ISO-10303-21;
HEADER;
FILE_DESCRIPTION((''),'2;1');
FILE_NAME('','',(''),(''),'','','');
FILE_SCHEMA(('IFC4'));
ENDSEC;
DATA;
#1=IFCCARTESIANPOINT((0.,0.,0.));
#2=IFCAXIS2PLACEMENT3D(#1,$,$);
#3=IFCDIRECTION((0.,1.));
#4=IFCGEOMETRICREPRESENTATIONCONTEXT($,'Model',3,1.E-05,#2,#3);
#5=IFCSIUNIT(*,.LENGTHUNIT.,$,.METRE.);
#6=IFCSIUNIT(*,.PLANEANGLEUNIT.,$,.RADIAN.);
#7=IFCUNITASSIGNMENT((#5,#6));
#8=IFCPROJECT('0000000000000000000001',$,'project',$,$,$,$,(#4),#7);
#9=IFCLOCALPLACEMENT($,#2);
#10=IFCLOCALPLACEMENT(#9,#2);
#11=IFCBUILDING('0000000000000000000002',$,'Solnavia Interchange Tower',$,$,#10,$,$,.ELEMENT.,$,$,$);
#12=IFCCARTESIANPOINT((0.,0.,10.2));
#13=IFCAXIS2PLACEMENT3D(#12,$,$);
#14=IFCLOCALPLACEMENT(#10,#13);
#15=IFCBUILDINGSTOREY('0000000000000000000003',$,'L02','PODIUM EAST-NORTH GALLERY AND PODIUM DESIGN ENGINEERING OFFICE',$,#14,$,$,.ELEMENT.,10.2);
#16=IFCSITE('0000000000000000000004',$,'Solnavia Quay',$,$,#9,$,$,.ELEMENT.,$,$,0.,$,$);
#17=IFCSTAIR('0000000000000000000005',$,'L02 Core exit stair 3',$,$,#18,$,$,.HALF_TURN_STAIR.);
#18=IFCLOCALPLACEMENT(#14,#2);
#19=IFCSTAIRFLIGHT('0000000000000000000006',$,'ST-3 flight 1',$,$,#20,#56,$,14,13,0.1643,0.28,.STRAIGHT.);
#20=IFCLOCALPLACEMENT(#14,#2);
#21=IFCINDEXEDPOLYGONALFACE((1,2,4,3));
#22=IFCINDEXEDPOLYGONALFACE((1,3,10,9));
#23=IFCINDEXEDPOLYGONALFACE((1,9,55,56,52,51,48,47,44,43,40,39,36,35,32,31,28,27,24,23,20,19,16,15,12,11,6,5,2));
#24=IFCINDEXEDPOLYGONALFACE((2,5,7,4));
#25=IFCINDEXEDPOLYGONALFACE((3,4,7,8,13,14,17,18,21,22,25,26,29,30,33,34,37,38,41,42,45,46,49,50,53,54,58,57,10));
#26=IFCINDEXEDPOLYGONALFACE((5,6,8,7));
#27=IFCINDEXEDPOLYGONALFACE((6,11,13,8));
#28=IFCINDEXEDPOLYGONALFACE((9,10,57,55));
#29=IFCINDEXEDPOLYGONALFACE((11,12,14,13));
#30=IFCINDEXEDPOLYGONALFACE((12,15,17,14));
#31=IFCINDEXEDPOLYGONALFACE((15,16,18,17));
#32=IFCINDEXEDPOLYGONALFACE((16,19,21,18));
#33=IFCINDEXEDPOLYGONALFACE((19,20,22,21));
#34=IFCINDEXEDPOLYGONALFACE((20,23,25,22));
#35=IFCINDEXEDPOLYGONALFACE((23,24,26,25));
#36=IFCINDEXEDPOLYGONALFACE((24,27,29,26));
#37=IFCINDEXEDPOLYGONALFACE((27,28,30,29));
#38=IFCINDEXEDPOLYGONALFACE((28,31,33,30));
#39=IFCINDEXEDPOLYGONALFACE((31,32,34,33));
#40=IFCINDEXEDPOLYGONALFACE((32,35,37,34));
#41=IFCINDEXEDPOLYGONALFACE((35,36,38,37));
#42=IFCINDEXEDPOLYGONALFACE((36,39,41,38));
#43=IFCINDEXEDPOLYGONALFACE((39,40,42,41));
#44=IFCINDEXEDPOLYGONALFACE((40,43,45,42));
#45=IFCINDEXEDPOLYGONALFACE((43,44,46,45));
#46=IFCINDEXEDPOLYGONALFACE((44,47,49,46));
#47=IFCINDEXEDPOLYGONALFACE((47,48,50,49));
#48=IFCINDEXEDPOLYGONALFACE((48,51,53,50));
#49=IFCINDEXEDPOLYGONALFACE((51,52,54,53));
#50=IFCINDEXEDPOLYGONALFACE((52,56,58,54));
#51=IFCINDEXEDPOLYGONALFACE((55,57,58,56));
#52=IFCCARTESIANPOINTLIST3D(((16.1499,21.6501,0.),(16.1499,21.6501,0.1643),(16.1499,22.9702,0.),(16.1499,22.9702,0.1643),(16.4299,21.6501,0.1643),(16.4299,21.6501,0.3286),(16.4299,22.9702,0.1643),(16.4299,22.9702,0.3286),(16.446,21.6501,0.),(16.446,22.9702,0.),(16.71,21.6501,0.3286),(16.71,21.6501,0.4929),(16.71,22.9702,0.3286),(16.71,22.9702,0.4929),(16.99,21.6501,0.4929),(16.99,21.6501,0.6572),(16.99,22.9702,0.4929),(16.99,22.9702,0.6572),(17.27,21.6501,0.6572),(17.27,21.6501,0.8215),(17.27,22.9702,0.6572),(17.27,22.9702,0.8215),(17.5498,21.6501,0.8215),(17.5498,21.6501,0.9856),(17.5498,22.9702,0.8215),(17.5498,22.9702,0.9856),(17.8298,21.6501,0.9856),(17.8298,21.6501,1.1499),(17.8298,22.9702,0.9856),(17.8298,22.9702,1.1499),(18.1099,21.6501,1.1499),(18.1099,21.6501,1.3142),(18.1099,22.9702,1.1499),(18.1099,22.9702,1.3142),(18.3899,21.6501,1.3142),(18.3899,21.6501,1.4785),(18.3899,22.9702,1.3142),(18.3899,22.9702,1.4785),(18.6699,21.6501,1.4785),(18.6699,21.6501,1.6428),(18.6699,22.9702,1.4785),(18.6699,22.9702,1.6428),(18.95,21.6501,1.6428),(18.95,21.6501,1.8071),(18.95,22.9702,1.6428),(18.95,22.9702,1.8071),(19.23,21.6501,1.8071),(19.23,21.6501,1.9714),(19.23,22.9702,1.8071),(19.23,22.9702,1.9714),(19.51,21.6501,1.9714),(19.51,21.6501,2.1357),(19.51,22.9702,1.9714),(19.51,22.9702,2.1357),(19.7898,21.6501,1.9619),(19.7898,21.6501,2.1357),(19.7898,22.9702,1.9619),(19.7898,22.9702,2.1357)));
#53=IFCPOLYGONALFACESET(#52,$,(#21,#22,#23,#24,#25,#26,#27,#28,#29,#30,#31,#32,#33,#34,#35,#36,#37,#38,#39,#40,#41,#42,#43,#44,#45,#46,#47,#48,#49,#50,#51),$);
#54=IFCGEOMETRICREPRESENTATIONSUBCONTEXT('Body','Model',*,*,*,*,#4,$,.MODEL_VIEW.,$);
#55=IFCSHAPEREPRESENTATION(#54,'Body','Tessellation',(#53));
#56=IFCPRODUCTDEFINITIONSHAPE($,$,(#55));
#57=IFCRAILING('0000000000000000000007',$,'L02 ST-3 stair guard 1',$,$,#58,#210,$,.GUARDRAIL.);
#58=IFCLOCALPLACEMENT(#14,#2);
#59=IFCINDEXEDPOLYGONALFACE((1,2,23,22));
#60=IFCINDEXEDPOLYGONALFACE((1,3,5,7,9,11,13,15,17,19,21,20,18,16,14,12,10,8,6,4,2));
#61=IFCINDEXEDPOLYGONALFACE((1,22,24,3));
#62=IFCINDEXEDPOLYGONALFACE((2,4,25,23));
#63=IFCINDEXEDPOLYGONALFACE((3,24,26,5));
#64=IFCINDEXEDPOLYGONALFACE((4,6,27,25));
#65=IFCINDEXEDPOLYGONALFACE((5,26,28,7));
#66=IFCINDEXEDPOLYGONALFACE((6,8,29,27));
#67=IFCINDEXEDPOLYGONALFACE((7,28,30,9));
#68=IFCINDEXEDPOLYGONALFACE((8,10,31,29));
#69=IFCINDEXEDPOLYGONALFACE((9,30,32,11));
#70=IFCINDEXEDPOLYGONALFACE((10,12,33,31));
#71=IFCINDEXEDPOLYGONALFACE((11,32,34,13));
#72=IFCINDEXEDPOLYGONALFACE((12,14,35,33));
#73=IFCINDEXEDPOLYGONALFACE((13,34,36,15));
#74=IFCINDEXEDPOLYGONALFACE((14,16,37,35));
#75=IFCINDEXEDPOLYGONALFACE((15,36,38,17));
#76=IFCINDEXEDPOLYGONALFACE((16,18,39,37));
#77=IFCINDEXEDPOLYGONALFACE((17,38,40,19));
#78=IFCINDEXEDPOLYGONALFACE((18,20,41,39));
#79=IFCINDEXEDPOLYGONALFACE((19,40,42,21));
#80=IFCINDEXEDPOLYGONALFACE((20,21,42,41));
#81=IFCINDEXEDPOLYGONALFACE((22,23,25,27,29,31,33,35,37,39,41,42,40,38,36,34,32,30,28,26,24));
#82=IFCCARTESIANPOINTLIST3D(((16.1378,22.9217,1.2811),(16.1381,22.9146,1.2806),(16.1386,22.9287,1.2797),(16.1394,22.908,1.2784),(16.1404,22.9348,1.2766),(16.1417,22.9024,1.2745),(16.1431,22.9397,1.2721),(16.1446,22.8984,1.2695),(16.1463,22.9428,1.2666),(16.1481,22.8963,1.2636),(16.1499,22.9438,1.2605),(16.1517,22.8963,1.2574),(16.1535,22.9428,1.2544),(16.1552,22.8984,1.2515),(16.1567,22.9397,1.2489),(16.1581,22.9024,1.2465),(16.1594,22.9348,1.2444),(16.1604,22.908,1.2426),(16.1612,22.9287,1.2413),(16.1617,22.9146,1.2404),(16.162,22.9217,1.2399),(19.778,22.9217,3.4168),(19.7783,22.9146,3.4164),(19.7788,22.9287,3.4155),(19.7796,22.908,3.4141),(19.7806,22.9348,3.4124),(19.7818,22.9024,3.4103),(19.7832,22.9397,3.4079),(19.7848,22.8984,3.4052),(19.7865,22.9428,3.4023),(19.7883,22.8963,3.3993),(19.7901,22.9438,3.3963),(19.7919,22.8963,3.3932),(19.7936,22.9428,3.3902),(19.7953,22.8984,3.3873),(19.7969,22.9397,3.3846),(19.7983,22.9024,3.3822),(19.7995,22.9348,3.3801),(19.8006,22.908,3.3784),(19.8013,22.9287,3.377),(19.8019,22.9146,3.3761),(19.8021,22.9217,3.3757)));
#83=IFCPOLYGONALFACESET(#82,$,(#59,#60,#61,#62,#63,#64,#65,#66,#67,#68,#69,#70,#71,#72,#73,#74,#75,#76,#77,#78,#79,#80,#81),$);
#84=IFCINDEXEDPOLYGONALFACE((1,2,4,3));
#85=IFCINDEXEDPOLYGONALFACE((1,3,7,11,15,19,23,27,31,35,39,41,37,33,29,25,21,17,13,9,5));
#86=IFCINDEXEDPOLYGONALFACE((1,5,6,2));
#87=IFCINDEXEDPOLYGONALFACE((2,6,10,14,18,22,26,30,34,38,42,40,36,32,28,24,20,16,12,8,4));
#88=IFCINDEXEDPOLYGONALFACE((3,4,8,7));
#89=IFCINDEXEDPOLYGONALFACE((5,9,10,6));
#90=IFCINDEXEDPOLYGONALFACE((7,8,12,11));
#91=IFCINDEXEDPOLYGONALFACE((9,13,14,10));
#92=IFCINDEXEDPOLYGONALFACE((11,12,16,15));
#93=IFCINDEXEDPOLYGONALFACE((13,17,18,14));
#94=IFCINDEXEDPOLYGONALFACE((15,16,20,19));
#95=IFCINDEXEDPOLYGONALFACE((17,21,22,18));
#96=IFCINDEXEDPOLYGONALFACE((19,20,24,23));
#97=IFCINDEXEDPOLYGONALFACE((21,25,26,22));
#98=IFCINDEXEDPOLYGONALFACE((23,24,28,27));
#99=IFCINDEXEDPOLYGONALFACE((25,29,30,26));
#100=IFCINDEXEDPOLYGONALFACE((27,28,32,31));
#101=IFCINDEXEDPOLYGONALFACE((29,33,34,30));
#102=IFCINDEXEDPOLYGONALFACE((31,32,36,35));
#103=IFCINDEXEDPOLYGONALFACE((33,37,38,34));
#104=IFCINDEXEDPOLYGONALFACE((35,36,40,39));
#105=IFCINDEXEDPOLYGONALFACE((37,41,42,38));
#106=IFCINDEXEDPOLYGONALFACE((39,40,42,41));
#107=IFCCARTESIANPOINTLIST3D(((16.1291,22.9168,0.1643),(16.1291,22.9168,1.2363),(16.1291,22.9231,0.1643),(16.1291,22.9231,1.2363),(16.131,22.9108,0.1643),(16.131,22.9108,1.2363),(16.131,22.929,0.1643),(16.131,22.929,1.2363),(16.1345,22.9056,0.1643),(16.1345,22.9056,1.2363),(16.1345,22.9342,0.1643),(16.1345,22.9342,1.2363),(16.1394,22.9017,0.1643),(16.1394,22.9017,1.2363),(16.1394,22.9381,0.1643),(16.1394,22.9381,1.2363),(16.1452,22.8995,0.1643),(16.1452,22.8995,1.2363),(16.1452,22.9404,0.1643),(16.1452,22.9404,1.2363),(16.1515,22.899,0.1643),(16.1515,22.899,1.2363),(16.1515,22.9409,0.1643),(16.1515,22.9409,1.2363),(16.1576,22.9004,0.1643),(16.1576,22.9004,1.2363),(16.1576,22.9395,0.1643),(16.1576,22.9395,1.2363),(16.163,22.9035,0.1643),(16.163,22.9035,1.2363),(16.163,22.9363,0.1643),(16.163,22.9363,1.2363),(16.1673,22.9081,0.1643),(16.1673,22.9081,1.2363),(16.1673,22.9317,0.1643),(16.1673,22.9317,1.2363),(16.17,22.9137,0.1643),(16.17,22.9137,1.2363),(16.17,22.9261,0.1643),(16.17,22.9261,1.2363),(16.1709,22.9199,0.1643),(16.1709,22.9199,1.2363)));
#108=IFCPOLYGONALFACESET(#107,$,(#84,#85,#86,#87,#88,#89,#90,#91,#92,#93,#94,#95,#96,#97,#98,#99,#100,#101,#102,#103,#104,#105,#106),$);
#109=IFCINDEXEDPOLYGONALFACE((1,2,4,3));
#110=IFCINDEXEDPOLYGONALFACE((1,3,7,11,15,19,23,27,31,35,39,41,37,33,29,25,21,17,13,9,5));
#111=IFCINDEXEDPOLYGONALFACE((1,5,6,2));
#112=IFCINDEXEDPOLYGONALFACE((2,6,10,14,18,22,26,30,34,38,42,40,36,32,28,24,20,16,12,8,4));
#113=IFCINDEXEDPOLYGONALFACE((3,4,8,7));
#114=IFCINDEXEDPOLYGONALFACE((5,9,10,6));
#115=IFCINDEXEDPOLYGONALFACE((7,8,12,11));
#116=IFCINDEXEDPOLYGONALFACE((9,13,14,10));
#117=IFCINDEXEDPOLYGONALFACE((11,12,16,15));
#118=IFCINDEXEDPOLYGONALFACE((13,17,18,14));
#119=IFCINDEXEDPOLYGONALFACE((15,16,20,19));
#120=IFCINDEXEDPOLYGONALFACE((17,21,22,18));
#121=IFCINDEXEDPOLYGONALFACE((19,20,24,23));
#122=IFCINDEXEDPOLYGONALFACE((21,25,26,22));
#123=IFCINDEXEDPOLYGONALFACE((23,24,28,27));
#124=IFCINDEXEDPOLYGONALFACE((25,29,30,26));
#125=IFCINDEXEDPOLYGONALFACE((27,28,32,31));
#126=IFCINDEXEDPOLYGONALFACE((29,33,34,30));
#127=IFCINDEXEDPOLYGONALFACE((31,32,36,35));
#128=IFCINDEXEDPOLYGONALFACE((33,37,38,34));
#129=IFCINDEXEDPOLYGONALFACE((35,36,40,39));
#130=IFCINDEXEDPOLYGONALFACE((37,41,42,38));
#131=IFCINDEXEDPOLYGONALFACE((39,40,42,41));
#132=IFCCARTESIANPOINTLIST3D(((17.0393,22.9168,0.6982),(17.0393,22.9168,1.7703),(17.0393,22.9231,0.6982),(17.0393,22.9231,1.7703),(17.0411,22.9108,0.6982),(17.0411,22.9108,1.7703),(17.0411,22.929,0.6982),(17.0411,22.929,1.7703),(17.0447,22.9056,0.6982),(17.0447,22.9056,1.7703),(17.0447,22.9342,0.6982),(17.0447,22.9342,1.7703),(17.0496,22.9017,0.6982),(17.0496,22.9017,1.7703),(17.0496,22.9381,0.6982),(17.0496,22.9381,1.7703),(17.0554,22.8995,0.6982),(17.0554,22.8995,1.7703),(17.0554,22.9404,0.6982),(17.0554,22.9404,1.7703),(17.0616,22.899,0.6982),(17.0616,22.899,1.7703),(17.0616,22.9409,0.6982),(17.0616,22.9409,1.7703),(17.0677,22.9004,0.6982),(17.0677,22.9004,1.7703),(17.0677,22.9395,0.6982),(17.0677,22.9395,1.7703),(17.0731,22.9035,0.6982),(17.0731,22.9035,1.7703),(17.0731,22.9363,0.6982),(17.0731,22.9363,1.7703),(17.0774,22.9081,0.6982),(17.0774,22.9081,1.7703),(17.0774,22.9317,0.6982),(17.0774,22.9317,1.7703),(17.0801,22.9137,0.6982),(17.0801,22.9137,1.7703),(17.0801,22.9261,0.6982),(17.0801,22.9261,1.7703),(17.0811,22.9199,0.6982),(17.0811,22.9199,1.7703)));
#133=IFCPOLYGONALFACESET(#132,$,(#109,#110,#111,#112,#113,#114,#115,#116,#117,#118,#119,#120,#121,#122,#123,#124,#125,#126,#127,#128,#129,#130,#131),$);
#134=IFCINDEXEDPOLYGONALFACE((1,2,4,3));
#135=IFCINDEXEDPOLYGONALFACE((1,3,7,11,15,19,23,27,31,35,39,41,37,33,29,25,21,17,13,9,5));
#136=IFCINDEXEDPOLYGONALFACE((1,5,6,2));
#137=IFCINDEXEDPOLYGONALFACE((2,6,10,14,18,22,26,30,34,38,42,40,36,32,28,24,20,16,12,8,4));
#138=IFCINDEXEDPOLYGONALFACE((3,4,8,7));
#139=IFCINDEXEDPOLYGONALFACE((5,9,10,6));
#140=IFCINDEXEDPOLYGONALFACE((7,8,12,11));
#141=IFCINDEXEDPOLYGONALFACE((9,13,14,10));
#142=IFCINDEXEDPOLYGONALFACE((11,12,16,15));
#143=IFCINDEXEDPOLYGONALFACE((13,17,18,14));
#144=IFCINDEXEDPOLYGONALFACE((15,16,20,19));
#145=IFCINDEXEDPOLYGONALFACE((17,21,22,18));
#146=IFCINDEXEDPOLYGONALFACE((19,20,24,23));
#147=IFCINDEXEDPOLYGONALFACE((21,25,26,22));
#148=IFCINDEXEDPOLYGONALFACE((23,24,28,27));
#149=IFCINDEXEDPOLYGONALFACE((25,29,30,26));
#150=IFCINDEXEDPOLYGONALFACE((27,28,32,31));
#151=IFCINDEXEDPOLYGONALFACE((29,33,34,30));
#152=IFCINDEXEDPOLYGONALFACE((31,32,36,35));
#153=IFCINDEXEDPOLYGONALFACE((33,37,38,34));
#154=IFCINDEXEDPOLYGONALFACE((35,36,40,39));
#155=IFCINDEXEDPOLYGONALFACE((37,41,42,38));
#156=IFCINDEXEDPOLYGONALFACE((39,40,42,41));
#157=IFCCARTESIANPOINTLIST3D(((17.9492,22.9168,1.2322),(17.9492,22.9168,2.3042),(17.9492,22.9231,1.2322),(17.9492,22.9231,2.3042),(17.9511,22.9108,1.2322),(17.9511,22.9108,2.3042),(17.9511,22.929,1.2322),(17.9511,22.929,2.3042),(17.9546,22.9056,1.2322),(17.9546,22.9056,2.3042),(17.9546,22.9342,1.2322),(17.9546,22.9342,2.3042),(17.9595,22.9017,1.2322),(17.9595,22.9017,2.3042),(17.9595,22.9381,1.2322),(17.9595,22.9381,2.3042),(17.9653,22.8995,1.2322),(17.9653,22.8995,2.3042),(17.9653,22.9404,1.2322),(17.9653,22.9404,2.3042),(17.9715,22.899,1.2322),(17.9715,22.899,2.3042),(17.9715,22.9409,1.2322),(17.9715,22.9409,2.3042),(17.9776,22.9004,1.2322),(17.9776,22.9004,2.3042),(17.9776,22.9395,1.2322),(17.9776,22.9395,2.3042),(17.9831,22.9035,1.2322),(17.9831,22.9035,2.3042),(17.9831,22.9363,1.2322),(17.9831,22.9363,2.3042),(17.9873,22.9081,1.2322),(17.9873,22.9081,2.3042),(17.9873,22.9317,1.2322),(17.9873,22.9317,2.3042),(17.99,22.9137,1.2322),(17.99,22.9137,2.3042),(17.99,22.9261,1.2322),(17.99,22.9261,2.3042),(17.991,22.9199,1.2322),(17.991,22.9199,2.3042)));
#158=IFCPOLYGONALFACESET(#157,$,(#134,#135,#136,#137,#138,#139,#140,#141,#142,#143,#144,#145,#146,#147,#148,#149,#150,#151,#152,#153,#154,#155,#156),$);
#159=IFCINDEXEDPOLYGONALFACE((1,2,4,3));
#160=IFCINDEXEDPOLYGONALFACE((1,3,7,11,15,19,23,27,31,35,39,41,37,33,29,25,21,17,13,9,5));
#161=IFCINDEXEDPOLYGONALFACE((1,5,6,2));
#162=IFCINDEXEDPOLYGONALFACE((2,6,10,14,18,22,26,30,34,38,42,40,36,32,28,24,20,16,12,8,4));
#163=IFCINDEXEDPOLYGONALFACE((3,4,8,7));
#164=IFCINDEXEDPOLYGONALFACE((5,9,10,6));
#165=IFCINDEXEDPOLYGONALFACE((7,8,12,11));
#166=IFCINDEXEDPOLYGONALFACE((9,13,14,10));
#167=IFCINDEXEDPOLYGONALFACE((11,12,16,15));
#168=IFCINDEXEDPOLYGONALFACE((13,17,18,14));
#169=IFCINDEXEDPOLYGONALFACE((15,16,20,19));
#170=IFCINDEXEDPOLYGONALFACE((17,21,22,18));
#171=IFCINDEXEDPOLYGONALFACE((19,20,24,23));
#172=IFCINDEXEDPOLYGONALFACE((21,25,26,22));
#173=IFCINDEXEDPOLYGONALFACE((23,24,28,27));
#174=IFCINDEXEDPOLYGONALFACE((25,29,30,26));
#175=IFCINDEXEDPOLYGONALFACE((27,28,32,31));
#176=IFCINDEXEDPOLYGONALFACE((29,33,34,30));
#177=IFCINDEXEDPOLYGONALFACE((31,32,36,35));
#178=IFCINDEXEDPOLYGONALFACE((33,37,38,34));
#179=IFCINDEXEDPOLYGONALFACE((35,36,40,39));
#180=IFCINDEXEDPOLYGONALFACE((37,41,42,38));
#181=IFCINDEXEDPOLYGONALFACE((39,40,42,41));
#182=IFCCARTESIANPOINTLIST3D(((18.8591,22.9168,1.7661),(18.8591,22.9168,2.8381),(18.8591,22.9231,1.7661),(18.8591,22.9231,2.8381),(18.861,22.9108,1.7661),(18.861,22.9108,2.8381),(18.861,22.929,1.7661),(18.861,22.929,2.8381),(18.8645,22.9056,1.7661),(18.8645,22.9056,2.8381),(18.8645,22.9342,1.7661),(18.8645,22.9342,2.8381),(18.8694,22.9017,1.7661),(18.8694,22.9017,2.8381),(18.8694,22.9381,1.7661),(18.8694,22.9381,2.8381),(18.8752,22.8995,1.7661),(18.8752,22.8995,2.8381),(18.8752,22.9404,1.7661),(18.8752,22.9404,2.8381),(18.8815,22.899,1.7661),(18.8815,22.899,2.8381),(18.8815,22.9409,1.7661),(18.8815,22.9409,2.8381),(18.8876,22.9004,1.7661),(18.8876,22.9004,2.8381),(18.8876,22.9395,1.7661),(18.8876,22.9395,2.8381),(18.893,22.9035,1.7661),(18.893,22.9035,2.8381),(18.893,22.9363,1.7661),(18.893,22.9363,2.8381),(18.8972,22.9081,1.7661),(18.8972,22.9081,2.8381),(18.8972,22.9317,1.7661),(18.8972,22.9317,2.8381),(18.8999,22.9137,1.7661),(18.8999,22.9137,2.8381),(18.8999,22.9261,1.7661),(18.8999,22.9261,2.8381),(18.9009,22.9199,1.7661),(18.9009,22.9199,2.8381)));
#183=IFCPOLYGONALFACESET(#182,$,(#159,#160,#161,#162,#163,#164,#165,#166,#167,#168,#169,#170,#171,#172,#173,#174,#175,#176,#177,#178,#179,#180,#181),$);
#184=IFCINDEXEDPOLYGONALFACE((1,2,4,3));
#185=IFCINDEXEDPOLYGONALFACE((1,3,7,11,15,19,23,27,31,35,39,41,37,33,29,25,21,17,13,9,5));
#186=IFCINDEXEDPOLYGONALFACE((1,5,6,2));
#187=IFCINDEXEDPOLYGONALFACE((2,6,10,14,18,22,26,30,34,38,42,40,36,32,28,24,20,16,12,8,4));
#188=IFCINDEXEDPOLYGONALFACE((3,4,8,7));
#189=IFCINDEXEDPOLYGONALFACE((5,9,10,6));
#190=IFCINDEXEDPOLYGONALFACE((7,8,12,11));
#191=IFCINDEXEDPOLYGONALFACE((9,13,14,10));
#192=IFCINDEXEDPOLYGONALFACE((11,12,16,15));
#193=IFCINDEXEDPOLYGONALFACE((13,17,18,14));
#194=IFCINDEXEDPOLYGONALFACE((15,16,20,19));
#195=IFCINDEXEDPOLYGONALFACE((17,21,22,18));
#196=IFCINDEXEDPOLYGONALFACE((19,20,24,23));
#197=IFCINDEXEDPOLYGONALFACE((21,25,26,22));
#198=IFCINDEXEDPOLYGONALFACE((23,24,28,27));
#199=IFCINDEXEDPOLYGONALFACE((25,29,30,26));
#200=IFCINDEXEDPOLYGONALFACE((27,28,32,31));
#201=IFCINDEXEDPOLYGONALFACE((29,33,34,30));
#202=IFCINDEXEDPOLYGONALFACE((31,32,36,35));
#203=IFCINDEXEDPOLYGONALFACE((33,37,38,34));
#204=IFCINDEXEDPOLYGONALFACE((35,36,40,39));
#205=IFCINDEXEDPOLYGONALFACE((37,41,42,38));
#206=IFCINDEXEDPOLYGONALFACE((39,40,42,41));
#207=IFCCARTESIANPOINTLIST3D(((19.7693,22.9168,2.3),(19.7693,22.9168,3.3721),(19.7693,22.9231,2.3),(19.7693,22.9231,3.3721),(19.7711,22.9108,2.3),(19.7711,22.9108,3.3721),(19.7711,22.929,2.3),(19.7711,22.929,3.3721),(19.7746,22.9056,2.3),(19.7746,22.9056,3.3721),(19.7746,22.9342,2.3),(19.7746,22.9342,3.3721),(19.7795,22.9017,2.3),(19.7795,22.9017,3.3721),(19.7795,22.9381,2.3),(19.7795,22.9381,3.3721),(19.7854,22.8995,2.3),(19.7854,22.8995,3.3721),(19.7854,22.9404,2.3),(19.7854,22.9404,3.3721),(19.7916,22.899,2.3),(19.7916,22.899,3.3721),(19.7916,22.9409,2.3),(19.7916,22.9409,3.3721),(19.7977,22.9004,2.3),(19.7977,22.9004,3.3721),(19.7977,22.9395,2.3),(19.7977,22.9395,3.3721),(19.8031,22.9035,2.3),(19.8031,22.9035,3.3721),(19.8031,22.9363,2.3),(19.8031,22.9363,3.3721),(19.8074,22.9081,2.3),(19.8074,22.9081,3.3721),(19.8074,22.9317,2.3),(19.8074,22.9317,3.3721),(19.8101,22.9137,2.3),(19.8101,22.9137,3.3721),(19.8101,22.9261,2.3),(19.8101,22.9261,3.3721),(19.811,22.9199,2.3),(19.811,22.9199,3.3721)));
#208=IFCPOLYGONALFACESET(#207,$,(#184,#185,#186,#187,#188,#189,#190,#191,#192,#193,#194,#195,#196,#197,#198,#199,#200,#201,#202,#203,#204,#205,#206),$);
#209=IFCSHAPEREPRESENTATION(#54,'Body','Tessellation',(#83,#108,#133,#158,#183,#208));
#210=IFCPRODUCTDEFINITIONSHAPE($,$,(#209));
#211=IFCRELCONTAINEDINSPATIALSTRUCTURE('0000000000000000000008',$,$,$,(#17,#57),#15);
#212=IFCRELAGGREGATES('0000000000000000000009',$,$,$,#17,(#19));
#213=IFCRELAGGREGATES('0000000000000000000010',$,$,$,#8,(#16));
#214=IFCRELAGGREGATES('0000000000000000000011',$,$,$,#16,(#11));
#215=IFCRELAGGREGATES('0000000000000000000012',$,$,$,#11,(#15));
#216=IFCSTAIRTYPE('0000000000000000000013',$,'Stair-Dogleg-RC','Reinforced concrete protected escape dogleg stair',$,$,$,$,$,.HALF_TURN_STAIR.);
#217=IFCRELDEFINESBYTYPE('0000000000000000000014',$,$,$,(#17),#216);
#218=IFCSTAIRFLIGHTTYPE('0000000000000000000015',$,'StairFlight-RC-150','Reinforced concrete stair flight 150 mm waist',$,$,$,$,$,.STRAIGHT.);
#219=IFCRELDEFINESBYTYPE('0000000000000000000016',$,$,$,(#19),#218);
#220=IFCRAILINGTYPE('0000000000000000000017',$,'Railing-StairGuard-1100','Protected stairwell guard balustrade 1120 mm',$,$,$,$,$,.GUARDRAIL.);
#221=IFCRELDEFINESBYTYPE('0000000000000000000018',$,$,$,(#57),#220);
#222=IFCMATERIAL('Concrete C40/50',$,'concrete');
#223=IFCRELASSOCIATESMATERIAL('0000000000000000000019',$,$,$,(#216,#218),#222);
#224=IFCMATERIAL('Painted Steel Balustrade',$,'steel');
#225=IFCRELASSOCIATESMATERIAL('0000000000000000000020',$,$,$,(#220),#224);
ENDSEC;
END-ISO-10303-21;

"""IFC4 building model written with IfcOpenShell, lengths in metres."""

from ifc_helpers import new_model, si_unit, direction, frame, origin, origin_2d, place, context, subcontext, project, spatial, polyline, circle, outline, extrude, material, type_object, element, aggregate, save


model = new_model("IFC4")

# Units and contexts
model_context = context("Model", 3, precision=1e-05, world=origin(), true_north=direction((0.0, 1.0)))
body_context = subcontext(model_context, "Body", "Model", "MODEL_VIEW")
ifc_project = project(units=[si_unit("LENGTHUNIT", "METRE"), si_unit("PLANEANGLEUNIT", "RADIAN")], contexts=[model_context])

# Site, building, storey
site_placement = place(None, origin())
site = spatial("IfcSite", under=ifc_project, at=site_placement, Name="Solnavia Quay", CompositionType="ELEMENT", RefElevation=0.0)
building_placement = place(site_placement, origin())
building = spatial("IfcBuilding", under=site, at=building_placement, Name="Solnavia Interchange Tower", CompositionType="ELEMENT")
storey_placement = place(building_placement, frame((0.0, 0.0, 10.2)))
storey = spatial("IfcBuildingStorey", under=building, at=storey_placement, Name="L02", Description="PODIUM EAST-NORTH GALLERY AND PODIUM DESIGN ENGINEERING OFFICE", CompositionType="ELEMENT", Elevation=10.2)

# Shared definitions
ifc_material_1 = material(Name="Concrete C40/50", Category="concrete")

# Stair, stair flight
stair_type = type_object("IfcStairType", Name="Stair-Dogleg-RC", Description="Reinforced concrete protected escape dogleg stair", PredefinedType="HALF_TURN_STAIR", material=ifc_material_1)
stair_placement = place(storey_placement, origin())
stair = element("IfcStair", 1, at=stair_placement, inside=storey, type_object=stair_type, Name="L02 Core exit stair 3", PredefinedType="HALF_TURN_STAIR")
stair_flight_type = type_object("IfcStairFlightType", Name="StairFlight-RC-150", Description="Reinforced concrete stair flight 150 mm waist", PredefinedType="STRAIGHT", material=ifc_material_1)
stair_flight_placement = place(storey_placement, frame((16.1499, 22.3101, 0.0), z_axis=(0.0, 0.0, 1.0), x_axis=(1.0, 0.0, 0.0)))
stair_flight = element("IfcStairFlight", 2, at=stair_flight_placement, type_object=stair_flight_type, Name="ST-3 flight 1", NumberOfRisers=14, NumberOfTreads=13, PredefinedType="STRAIGHT", RiserHeight=0.1643, TreadLength=0.28, context=body_context, shape_type="SweptSolid", body=[
    extrude(outline(polyline([(0.0, 0.0), (0.0, 0.1643), (0.28, 0.1643), (0.28, 0.3286), (0.5601, 0.3286), (0.5601, 0.4929), (0.8401, 0.4929), (0.8401, 0.6572), (1.1201, 0.6572), (1.1201, 0.8215), (1.3999, 0.8215), (1.3999, 0.9856), (1.6799, 0.9856), (1.6799, 1.1499), (1.96, 1.1499), (1.96, 1.3142), (2.24, 1.3142), (2.24, 1.4785), (2.52, 1.4785), (2.52, 1.6428), (2.8, 1.6428), (2.8, 1.8071), (3.0801, 1.8071), (3.0801, 1.9714), (3.3601, 1.9714), (3.3601, 2.1357), (3.6399, 2.1357), (3.6399, 2.3), (3.6399, 1.9619), (0.2961, 0.0), (0.0, 0.0)])), frame((0.0, 0.6602, 0.0), z_axis=(0.0, -1.0, 0.0), x_axis=(1.0, 0.0, 0.0)), (0.0, 0.0, 1.0), 1.3201),
])
aggregate(stair, [stair_flight])

# Railing
ifc_material_2 = material(Name="Painted Steel Balustrade", Category="steel")
railing_type_1 = type_object("IfcRailingType", Name="Railing-StairGuard-1100", Description="Protected stairwell guard balustrade 1120 mm", PredefinedType="GUARDRAIL", material=ifc_material_2)
railing_1_placement = place(storey_placement, frame((16.1499, 22.9199, 0.1643)))
element("IfcRailing", 3, at=railing_1_placement, inside=storey, type_object=railing_type_1, Name="L02 ST-3 stair guard 1", PredefinedType="GUARDRAIL", context=body_context, shape_type="SweptSolid", body=[
    extrude(circle(Radius=0.0239, at=origin_2d()), frame((0.0, 0.0, 1.0962), z_axis=(0.862505, 0.0, 0.506049), x_axis=(0.0, 1.0, 0.0)), (0.0, 0.0, 1.0), 4.2205),
    extrude(circle(Radius=0.021, at=origin_2d()), origin(), (0.0, 0.0, 1.0), 1.072),
    extrude(circle(Radius=0.021, at=origin_2d()), frame((0.9102, 0.0, 0.5339)), (0.0, 0.0, 1.0), 1.072),
    extrude(circle(Radius=0.021, at=origin_2d()), frame((1.8201, 0.0, 1.0679)), (0.0, 0.0, 1.0), 1.072),
    extrude(circle(Radius=0.021, at=origin_2d()), frame((2.73, 0.0, 1.6018)), (0.0, 0.0, 1.0), 1.072),
    extrude(circle(Radius=0.021, at=origin_2d()), frame((3.6401, 0.0, 2.1357)), (0.0, 0.0, 1.0), 1.072),
])

save(model, "model.ifc")
